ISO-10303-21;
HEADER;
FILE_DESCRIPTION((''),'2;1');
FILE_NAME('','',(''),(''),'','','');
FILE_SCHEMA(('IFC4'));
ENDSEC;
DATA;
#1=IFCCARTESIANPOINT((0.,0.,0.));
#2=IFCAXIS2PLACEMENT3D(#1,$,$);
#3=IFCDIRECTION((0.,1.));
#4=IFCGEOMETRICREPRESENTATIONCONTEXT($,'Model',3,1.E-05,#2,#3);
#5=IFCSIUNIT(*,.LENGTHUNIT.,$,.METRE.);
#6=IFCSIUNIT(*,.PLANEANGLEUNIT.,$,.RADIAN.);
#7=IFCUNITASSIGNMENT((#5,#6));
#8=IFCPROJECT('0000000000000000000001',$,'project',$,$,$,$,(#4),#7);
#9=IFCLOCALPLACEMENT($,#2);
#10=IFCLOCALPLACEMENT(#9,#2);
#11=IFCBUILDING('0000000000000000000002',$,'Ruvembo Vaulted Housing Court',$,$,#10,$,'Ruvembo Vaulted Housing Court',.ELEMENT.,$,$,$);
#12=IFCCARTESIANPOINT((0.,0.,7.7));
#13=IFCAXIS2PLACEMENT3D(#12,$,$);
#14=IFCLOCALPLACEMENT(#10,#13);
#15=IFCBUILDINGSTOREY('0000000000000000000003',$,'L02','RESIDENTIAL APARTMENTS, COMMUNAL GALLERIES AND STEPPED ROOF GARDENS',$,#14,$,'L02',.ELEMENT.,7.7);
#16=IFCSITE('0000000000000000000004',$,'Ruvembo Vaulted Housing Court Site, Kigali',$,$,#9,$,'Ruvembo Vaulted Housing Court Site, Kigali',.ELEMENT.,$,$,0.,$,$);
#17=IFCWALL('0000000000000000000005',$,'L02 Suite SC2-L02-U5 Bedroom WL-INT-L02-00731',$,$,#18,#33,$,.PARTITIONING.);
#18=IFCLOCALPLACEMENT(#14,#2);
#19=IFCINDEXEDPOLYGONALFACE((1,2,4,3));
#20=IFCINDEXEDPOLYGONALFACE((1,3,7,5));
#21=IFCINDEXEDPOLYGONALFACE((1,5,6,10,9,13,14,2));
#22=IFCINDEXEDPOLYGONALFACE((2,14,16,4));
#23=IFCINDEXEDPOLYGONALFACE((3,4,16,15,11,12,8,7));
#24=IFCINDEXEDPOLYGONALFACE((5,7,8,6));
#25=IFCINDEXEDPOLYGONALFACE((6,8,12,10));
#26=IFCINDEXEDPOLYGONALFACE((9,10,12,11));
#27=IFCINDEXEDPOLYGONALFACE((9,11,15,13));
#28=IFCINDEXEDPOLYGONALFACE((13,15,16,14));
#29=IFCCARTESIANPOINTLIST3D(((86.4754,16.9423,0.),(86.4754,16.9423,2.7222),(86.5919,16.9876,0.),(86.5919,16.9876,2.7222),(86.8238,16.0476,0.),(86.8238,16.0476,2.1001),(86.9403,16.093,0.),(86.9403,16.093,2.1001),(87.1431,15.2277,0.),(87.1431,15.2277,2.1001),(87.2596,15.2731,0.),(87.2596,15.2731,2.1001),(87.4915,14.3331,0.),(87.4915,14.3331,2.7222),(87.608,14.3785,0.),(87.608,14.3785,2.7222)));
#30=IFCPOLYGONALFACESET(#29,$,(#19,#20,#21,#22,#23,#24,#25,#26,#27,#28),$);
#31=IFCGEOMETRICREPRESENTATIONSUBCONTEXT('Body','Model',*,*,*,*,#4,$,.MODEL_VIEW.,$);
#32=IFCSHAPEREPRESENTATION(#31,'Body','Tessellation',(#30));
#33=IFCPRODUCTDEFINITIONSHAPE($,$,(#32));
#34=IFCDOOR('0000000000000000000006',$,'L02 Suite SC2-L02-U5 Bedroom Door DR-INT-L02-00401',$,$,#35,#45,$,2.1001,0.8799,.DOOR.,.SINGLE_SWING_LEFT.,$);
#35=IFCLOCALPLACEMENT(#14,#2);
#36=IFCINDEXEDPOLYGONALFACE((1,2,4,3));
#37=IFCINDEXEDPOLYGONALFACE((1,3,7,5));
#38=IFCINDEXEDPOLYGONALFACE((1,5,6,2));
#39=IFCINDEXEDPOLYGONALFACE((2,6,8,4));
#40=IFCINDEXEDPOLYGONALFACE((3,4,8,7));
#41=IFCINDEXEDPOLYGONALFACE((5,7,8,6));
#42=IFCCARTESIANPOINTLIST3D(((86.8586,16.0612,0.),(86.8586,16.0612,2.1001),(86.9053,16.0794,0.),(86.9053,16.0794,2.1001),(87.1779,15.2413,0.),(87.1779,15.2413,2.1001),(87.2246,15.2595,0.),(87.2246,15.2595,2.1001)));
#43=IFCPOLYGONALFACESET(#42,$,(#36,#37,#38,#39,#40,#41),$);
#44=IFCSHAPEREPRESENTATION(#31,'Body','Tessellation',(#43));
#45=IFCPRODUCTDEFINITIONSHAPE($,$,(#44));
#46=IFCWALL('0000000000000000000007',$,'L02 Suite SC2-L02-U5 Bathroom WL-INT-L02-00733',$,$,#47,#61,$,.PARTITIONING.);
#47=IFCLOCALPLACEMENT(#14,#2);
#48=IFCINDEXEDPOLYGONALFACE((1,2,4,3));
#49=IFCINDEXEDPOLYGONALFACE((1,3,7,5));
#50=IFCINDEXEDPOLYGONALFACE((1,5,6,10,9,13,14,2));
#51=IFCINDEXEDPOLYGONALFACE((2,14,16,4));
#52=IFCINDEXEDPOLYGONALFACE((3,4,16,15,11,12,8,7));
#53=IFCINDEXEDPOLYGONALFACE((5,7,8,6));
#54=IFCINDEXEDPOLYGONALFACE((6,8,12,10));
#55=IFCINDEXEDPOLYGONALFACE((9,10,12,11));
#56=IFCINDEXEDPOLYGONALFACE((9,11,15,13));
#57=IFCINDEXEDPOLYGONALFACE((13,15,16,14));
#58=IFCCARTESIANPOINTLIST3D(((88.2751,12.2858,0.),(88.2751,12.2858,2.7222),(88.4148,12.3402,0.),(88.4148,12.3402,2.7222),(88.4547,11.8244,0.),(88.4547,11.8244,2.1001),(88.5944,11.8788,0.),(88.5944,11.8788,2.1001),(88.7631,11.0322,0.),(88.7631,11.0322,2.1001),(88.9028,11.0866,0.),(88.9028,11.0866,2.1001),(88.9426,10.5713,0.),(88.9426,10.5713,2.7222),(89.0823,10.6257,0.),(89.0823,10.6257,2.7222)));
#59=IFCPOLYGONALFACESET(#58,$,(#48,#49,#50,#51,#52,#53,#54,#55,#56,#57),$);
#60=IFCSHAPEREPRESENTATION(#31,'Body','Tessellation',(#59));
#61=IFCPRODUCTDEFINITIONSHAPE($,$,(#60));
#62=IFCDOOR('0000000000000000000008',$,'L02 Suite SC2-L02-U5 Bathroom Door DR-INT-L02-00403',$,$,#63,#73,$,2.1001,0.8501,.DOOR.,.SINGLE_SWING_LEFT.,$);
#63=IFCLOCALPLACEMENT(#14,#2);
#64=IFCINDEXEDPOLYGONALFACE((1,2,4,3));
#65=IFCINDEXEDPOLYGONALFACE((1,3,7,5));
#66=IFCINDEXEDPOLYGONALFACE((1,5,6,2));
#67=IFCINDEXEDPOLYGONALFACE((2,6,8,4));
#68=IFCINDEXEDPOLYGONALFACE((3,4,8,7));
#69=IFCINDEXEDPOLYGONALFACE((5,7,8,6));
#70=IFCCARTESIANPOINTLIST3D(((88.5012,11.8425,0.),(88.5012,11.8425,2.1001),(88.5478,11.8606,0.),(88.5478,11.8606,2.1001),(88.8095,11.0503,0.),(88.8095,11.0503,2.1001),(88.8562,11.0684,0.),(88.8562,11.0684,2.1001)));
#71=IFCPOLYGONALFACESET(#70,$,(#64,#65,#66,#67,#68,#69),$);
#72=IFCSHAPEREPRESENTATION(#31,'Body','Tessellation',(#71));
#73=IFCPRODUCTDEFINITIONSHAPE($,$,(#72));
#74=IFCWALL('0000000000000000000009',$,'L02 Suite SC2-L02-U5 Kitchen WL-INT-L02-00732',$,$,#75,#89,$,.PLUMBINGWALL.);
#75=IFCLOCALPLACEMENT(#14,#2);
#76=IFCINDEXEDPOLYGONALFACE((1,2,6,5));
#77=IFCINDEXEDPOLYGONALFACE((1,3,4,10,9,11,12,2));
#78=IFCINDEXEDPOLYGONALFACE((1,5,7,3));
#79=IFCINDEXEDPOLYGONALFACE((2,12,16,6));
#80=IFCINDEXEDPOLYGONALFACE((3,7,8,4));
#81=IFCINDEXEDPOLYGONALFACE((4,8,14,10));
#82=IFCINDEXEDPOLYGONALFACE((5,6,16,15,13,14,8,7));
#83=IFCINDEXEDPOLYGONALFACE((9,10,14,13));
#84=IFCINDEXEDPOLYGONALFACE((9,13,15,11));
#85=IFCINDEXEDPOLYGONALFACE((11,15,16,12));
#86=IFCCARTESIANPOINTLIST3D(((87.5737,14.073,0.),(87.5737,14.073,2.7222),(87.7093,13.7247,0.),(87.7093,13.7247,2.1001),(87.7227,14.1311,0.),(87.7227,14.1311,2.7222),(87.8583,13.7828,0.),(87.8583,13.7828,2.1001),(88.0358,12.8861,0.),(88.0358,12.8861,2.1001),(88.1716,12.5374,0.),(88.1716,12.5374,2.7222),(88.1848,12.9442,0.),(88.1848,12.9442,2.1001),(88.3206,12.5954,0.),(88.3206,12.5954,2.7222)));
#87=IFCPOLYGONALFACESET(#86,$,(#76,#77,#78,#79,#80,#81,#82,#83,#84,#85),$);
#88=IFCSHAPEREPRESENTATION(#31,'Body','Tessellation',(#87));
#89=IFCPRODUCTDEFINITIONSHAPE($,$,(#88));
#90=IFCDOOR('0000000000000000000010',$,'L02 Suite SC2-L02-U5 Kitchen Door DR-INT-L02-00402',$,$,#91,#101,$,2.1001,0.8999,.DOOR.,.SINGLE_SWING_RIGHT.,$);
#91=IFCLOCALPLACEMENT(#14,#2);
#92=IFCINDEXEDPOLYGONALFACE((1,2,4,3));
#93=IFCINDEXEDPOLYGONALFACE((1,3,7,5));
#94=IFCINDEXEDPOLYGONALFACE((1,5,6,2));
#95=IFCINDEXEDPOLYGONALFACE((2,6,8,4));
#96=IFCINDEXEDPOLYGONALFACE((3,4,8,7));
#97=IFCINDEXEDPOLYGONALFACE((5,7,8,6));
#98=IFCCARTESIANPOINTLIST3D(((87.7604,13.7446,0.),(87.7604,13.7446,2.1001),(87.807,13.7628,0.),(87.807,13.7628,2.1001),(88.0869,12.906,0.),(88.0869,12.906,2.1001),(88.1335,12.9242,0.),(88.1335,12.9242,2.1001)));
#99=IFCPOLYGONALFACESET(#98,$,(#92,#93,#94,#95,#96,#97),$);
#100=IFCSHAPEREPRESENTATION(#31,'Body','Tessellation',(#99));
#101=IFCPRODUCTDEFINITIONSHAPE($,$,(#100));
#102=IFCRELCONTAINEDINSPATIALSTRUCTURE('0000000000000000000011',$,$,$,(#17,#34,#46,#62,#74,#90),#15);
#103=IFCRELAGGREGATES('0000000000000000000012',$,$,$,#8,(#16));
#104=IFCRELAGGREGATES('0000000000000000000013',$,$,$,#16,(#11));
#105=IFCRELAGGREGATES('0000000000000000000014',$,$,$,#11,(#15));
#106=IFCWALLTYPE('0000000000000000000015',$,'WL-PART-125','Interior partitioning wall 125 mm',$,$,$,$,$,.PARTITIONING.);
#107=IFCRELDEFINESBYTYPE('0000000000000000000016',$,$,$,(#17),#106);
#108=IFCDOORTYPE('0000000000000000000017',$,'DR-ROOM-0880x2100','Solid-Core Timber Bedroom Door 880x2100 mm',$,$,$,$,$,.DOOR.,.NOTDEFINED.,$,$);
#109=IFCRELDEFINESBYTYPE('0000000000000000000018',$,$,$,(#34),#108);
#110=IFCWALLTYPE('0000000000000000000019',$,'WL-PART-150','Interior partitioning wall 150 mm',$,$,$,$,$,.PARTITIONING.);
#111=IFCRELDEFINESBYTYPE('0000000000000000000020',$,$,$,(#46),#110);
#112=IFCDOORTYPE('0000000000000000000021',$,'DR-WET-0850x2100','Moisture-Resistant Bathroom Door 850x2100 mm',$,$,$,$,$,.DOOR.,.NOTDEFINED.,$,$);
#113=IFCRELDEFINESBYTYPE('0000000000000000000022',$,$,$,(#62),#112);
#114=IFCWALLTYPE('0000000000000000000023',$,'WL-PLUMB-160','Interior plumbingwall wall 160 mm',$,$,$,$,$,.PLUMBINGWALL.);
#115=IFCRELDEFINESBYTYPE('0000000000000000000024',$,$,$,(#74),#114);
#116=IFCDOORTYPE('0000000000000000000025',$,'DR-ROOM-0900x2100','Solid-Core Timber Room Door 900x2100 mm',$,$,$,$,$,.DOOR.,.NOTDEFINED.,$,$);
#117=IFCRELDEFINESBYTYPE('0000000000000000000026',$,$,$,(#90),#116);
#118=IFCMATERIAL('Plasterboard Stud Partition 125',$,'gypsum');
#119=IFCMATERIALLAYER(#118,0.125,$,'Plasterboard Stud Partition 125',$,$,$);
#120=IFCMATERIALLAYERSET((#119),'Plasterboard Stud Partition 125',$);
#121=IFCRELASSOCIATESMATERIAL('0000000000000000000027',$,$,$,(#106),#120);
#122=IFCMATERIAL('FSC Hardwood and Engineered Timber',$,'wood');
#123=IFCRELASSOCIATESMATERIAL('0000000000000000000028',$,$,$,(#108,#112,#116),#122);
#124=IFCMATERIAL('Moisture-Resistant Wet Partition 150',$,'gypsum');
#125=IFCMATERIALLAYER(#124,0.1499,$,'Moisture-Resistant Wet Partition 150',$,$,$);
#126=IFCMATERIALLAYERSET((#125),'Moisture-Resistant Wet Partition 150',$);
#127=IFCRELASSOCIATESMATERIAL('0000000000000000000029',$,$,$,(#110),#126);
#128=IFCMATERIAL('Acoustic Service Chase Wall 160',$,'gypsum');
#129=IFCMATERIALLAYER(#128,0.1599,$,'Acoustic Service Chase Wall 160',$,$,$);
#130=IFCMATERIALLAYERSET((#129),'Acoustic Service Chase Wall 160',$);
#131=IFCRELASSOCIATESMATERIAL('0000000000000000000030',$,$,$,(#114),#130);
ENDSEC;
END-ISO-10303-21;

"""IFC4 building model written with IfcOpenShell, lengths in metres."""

from ifc_helpers import new_model, si_unit, direction, frame, frame_2d, origin, place, context, subcontext, project, spatial, rectangle, extrude, material, layer, layer_set, type_object, element, fill, save


model = new_model("IFC4")

# Units and contexts
model_context = context("Model", 3, precision=1e-05, world=origin(), true_north=direction((0.0, 1.0)))
body_context = subcontext(model_context, "Body", "Model", "MODEL_VIEW")
ifc_project = project(units=[si_unit("LENGTHUNIT", "METRE"), si_unit("PLANEANGLEUNIT", "RADIAN")], contexts=[model_context])

# Site, building, storey
site_placement = place(None, origin())
site = spatial("IfcSite", under=ifc_project, at=site_placement, Name="Ruvembo Vaulted Housing Court Site, Kigali", LongName="Ruvembo Vaulted Housing Court Site, Kigali", CompositionType="ELEMENT", RefElevation=0.0)
building_placement = place(site_placement, origin())
building = spatial("IfcBuilding", under=site, at=building_placement, Name="Ruvembo Vaulted Housing Court", LongName="Ruvembo Vaulted Housing Court", CompositionType="ELEMENT")
storey_placement = place(building_placement, frame((0.0, 0.0, 7.7)))
storey = spatial("IfcBuildingStorey", under=building, at=storey_placement, Name="L02", Description="RESIDENTIAL APARTMENTS, COMMUNAL GALLERIES AND STEPPED ROOF GARDENS", LongName="L02", CompositionType="ELEMENT", Elevation=7.7)

# Shared definitions
ifc_material_1 = material(Name="FSC Hardwood and Engineered Timber", Category="wood")

# Walls, openings, doors
ifc_material_2 = material(Name="Plasterboard Stud Partition 125", Category="gypsum")
ifc_layer_1 = layer(ifc_material_2, 0.125, Name="Plasterboard Stud Partition 125")
ifc_layer_set_1 = layer_set([ifc_layer_1], Name="Plasterboard Stud Partition 125")
wall_type_1 = type_object("IfcWallType", Name="WL-PART-125", Description="Interior partitioning wall 125 mm", PredefinedType="PARTITIONING", material=ifc_layer_set_1)
wall_1_placement = place(storey_placement, frame((86.5337, 16.9648, 0.0), z_axis=(0.0, 0.0, 1.0), x_axis=(0.362896, -0.931829, 0.0)))
wall_1 = element("IfcWall", 1, at=wall_1_placement, inside=storey, type_object=wall_type_1, Name="L02 Suite SC2-L02-U5 Bedroom WL-INT-L02-00731", PredefinedType="PARTITIONING", context=body_context, shape_type="SweptSolid", body=[
    extrude(rectangle(XDim=2.8, YDim=0.125, at=frame_2d((1.3999, 0.0))), origin(), (0.0, 0.0, 1.0), 2.7222),
])
opening_1_placement = place(wall_1_placement, frame((0.96, 0.0, 0.0)))
opening_1 = element("IfcOpeningElement", 2, at=opening_1_placement, cuts=wall_1, PredefinedType="OPENING", context=body_context, shape_type="SweptSolid", body=[
    extrude(rectangle(XDim=0.8799, YDim=2.1001, at=frame_2d((0.4399, 1.05))), frame((0.0, 0.0725, 0.0), z_axis=(0.0, -1.0, 0.0), x_axis=(1.0, 0.0, 0.0)), (0.0, 0.0, 1.0), 0.145),
])
door_type_1 = type_object("IfcDoorType", Name="DR-ROOM-0880x2100", Description="Solid-Core Timber Bedroom Door 880x2100 mm", OperationType="NOTDEFINED", PredefinedType="DOOR", material=ifc_material_1)
door_1_placement = place(opening_1_placement, origin())
door_1 = element("IfcDoor", 3, at=door_1_placement, inside=storey, type_object=door_type_1, Name="L02 Suite SC2-L02-U5 Bedroom Door DR-INT-L02-00401", OperationType="SINGLE_SWING_LEFT", OverallHeight=2.1001, OverallWidth=0.8799, PredefinedType="DOOR", context=body_context, shape_type="SweptSolid", body=[
    extrude(rectangle(XDim=0.8799, YDim=2.1001, at=frame_2d((0.4399, 1.05))), frame((0.0, 0.0249, 0.0), z_axis=(0.0, -1.0, 0.0), x_axis=(1.0, 0.0, 0.0)), (0.0, 0.0, 1.0), 0.05),
])
fill(opening_1, door_1)
ifc_material_3 = material(Name="Moisture-Resistant Wet Partition 150", Category="gypsum")
ifc_layer_2 = layer(ifc_material_3, 0.1499, Name="Moisture-Resistant Wet Partition 150")
ifc_layer_set_2 = layer_set([ifc_layer_2], Name="Moisture-Resistant Wet Partition 150")
wall_type_2 = type_object("IfcWallType", Name="WL-PART-150", Description="Interior partitioning wall 150 mm", PredefinedType="PARTITIONING", material=ifc_layer_set_2)
wall_2_placement = place(storey_placement, frame((88.345, 12.313, 0.0), z_axis=(0.0, 0.0, 1.0), x_axis=(0.362773, -0.931878, 0.0)))
wall_2 = element("IfcWall", 4, at=wall_2_placement, inside=storey, type_object=wall_type_2, Name="L02 Suite SC2-L02-U5 Bathroom WL-INT-L02-00733", PredefinedType="PARTITIONING", context=body_context, shape_type="SweptSolid", body=[
    extrude(rectangle(XDim=1.8398, YDim=0.1499, at=frame_2d((0.9199, 0.0))), origin(), (0.0, 0.0, 1.0), 2.7222),
])
opening_2_placement = place(wall_2_placement, frame((0.4951, 0.0, 0.0)))
opening_2 = element("IfcOpeningElement", 5, at=opening_2_placement, cuts=wall_2, PredefinedType="OPENING", context=body_context, shape_type="SweptSolid", body=[
    extrude(rectangle(XDim=0.8501, YDim=2.1001, at=frame_2d((0.425, 1.05))), frame((0.0, 0.085, 0.0), z_axis=(0.0, -1.0, 0.0), x_axis=(1.0, 0.0, 0.0)), (0.0, 0.0, 1.0), 0.1699),
])
door_type_2 = type_object("IfcDoorType", Name="DR-WET-0850x2100", Description="Moisture-Resistant Bathroom Door 850x2100 mm", OperationType="NOTDEFINED", PredefinedType="DOOR", material=ifc_material_1)
door_2_placement = place(opening_2_placement, origin())
door_2 = element("IfcDoor", 6, at=door_2_placement, inside=storey, type_object=door_type_2, Name="L02 Suite SC2-L02-U5 Bathroom Door DR-INT-L02-00403", OperationType="SINGLE_SWING_LEFT", OverallHeight=2.1001, OverallWidth=0.8501, PredefinedType="DOOR", context=body_context, shape_type="SweptSolid", body=[
    extrude(rectangle(XDim=0.8501, YDim=2.1001, at=frame_2d((0.425, 1.05))), frame((0.0, 0.0249, 0.0), z_axis=(0.0, -1.0, 0.0), x_axis=(1.0, 0.0, 0.0)), (0.0, 0.0, 1.0), 0.05),
])
fill(opening_2, door_2)
ifc_material_4 = material(Name="Acoustic Service Chase Wall 160", Category="gypsum")
ifc_layer_3 = layer(ifc_material_4, 0.1599, Name="Acoustic Service Chase Wall 160")
ifc_layer_set_3 = layer_set([ifc_layer_3], Name="Acoustic Service Chase Wall 160")
wall_type_3 = type_object("IfcWallType", Name="WL-PLUMB-160", Description="Interior plumbingwall wall 160 mm", PredefinedType="PLUMBINGWALL", material=ifc_layer_set_3)
wall_3_placement = place(storey_placement, frame((87.6482, 14.1021, 0.0), z_axis=(0.0, 0.0, 1.0), x_axis=(0.362818, -0.93186, 0.0)))
wall_3 = element("IfcWall", 7, at=wall_3_placement, inside=storey, type_object=wall_type_3, Name="L02 Suite SC2-L02-U5 Kitchen WL-INT-L02-00732", PredefinedType="PLUMBINGWALL", context=body_context, shape_type="SweptSolid", body=[
    extrude(rectangle(XDim=1.6479, YDim=0.1599, at=frame_2d((0.824, 0.0))), origin(), (0.0, 0.0, 1.0), 2.7222),
])
opening_3_placement = place(wall_3_placement, frame((0.3738, 0.0, 0.0)))
opening_3 = element("IfcOpeningElement", 8, at=opening_3_placement, cuts=wall_3, PredefinedType="OPENING", context=body_context, shape_type="SweptSolid", body=[
    extrude(rectangle(XDim=0.8999, YDim=2.1001, at=frame_2d((0.45, 1.05))), frame((0.0, 0.0898, 0.0), z_axis=(0.0, -1.0, 0.0), x_axis=(1.0, 0.0, 0.0)), (0.0, 0.0, 1.0), 0.1799),
])
door_type_3 = type_object("IfcDoorType", Name="DR-ROOM-0900x2100", Description="Solid-Core Timber Room Door 900x2100 mm", OperationType="NOTDEFINED", PredefinedType="DOOR", material=ifc_material_1)
door_3_placement = place(opening_3_placement, origin())
door_3 = element("IfcDoor", 9, at=door_3_placement, inside=storey, type_object=door_type_3, Name="L02 Suite SC2-L02-U5 Kitchen Door DR-INT-L02-00402", OperationType="SINGLE_SWING_RIGHT", OverallHeight=2.1001, OverallWidth=0.8999, PredefinedType="DOOR", context=body_context, shape_type="SweptSolid", body=[
    extrude(rectangle(XDim=0.8999, YDim=2.1001, at=frame_2d((0.45, 1.05))), frame((0.0, 0.0249, 0.0), z_axis=(0.0, -1.0, 0.0), x_axis=(1.0, 0.0, 0.0)), (0.0, 0.0, 1.0), 0.05),
])
fill(opening_3, door_3)

save(model, "model.ifc")
